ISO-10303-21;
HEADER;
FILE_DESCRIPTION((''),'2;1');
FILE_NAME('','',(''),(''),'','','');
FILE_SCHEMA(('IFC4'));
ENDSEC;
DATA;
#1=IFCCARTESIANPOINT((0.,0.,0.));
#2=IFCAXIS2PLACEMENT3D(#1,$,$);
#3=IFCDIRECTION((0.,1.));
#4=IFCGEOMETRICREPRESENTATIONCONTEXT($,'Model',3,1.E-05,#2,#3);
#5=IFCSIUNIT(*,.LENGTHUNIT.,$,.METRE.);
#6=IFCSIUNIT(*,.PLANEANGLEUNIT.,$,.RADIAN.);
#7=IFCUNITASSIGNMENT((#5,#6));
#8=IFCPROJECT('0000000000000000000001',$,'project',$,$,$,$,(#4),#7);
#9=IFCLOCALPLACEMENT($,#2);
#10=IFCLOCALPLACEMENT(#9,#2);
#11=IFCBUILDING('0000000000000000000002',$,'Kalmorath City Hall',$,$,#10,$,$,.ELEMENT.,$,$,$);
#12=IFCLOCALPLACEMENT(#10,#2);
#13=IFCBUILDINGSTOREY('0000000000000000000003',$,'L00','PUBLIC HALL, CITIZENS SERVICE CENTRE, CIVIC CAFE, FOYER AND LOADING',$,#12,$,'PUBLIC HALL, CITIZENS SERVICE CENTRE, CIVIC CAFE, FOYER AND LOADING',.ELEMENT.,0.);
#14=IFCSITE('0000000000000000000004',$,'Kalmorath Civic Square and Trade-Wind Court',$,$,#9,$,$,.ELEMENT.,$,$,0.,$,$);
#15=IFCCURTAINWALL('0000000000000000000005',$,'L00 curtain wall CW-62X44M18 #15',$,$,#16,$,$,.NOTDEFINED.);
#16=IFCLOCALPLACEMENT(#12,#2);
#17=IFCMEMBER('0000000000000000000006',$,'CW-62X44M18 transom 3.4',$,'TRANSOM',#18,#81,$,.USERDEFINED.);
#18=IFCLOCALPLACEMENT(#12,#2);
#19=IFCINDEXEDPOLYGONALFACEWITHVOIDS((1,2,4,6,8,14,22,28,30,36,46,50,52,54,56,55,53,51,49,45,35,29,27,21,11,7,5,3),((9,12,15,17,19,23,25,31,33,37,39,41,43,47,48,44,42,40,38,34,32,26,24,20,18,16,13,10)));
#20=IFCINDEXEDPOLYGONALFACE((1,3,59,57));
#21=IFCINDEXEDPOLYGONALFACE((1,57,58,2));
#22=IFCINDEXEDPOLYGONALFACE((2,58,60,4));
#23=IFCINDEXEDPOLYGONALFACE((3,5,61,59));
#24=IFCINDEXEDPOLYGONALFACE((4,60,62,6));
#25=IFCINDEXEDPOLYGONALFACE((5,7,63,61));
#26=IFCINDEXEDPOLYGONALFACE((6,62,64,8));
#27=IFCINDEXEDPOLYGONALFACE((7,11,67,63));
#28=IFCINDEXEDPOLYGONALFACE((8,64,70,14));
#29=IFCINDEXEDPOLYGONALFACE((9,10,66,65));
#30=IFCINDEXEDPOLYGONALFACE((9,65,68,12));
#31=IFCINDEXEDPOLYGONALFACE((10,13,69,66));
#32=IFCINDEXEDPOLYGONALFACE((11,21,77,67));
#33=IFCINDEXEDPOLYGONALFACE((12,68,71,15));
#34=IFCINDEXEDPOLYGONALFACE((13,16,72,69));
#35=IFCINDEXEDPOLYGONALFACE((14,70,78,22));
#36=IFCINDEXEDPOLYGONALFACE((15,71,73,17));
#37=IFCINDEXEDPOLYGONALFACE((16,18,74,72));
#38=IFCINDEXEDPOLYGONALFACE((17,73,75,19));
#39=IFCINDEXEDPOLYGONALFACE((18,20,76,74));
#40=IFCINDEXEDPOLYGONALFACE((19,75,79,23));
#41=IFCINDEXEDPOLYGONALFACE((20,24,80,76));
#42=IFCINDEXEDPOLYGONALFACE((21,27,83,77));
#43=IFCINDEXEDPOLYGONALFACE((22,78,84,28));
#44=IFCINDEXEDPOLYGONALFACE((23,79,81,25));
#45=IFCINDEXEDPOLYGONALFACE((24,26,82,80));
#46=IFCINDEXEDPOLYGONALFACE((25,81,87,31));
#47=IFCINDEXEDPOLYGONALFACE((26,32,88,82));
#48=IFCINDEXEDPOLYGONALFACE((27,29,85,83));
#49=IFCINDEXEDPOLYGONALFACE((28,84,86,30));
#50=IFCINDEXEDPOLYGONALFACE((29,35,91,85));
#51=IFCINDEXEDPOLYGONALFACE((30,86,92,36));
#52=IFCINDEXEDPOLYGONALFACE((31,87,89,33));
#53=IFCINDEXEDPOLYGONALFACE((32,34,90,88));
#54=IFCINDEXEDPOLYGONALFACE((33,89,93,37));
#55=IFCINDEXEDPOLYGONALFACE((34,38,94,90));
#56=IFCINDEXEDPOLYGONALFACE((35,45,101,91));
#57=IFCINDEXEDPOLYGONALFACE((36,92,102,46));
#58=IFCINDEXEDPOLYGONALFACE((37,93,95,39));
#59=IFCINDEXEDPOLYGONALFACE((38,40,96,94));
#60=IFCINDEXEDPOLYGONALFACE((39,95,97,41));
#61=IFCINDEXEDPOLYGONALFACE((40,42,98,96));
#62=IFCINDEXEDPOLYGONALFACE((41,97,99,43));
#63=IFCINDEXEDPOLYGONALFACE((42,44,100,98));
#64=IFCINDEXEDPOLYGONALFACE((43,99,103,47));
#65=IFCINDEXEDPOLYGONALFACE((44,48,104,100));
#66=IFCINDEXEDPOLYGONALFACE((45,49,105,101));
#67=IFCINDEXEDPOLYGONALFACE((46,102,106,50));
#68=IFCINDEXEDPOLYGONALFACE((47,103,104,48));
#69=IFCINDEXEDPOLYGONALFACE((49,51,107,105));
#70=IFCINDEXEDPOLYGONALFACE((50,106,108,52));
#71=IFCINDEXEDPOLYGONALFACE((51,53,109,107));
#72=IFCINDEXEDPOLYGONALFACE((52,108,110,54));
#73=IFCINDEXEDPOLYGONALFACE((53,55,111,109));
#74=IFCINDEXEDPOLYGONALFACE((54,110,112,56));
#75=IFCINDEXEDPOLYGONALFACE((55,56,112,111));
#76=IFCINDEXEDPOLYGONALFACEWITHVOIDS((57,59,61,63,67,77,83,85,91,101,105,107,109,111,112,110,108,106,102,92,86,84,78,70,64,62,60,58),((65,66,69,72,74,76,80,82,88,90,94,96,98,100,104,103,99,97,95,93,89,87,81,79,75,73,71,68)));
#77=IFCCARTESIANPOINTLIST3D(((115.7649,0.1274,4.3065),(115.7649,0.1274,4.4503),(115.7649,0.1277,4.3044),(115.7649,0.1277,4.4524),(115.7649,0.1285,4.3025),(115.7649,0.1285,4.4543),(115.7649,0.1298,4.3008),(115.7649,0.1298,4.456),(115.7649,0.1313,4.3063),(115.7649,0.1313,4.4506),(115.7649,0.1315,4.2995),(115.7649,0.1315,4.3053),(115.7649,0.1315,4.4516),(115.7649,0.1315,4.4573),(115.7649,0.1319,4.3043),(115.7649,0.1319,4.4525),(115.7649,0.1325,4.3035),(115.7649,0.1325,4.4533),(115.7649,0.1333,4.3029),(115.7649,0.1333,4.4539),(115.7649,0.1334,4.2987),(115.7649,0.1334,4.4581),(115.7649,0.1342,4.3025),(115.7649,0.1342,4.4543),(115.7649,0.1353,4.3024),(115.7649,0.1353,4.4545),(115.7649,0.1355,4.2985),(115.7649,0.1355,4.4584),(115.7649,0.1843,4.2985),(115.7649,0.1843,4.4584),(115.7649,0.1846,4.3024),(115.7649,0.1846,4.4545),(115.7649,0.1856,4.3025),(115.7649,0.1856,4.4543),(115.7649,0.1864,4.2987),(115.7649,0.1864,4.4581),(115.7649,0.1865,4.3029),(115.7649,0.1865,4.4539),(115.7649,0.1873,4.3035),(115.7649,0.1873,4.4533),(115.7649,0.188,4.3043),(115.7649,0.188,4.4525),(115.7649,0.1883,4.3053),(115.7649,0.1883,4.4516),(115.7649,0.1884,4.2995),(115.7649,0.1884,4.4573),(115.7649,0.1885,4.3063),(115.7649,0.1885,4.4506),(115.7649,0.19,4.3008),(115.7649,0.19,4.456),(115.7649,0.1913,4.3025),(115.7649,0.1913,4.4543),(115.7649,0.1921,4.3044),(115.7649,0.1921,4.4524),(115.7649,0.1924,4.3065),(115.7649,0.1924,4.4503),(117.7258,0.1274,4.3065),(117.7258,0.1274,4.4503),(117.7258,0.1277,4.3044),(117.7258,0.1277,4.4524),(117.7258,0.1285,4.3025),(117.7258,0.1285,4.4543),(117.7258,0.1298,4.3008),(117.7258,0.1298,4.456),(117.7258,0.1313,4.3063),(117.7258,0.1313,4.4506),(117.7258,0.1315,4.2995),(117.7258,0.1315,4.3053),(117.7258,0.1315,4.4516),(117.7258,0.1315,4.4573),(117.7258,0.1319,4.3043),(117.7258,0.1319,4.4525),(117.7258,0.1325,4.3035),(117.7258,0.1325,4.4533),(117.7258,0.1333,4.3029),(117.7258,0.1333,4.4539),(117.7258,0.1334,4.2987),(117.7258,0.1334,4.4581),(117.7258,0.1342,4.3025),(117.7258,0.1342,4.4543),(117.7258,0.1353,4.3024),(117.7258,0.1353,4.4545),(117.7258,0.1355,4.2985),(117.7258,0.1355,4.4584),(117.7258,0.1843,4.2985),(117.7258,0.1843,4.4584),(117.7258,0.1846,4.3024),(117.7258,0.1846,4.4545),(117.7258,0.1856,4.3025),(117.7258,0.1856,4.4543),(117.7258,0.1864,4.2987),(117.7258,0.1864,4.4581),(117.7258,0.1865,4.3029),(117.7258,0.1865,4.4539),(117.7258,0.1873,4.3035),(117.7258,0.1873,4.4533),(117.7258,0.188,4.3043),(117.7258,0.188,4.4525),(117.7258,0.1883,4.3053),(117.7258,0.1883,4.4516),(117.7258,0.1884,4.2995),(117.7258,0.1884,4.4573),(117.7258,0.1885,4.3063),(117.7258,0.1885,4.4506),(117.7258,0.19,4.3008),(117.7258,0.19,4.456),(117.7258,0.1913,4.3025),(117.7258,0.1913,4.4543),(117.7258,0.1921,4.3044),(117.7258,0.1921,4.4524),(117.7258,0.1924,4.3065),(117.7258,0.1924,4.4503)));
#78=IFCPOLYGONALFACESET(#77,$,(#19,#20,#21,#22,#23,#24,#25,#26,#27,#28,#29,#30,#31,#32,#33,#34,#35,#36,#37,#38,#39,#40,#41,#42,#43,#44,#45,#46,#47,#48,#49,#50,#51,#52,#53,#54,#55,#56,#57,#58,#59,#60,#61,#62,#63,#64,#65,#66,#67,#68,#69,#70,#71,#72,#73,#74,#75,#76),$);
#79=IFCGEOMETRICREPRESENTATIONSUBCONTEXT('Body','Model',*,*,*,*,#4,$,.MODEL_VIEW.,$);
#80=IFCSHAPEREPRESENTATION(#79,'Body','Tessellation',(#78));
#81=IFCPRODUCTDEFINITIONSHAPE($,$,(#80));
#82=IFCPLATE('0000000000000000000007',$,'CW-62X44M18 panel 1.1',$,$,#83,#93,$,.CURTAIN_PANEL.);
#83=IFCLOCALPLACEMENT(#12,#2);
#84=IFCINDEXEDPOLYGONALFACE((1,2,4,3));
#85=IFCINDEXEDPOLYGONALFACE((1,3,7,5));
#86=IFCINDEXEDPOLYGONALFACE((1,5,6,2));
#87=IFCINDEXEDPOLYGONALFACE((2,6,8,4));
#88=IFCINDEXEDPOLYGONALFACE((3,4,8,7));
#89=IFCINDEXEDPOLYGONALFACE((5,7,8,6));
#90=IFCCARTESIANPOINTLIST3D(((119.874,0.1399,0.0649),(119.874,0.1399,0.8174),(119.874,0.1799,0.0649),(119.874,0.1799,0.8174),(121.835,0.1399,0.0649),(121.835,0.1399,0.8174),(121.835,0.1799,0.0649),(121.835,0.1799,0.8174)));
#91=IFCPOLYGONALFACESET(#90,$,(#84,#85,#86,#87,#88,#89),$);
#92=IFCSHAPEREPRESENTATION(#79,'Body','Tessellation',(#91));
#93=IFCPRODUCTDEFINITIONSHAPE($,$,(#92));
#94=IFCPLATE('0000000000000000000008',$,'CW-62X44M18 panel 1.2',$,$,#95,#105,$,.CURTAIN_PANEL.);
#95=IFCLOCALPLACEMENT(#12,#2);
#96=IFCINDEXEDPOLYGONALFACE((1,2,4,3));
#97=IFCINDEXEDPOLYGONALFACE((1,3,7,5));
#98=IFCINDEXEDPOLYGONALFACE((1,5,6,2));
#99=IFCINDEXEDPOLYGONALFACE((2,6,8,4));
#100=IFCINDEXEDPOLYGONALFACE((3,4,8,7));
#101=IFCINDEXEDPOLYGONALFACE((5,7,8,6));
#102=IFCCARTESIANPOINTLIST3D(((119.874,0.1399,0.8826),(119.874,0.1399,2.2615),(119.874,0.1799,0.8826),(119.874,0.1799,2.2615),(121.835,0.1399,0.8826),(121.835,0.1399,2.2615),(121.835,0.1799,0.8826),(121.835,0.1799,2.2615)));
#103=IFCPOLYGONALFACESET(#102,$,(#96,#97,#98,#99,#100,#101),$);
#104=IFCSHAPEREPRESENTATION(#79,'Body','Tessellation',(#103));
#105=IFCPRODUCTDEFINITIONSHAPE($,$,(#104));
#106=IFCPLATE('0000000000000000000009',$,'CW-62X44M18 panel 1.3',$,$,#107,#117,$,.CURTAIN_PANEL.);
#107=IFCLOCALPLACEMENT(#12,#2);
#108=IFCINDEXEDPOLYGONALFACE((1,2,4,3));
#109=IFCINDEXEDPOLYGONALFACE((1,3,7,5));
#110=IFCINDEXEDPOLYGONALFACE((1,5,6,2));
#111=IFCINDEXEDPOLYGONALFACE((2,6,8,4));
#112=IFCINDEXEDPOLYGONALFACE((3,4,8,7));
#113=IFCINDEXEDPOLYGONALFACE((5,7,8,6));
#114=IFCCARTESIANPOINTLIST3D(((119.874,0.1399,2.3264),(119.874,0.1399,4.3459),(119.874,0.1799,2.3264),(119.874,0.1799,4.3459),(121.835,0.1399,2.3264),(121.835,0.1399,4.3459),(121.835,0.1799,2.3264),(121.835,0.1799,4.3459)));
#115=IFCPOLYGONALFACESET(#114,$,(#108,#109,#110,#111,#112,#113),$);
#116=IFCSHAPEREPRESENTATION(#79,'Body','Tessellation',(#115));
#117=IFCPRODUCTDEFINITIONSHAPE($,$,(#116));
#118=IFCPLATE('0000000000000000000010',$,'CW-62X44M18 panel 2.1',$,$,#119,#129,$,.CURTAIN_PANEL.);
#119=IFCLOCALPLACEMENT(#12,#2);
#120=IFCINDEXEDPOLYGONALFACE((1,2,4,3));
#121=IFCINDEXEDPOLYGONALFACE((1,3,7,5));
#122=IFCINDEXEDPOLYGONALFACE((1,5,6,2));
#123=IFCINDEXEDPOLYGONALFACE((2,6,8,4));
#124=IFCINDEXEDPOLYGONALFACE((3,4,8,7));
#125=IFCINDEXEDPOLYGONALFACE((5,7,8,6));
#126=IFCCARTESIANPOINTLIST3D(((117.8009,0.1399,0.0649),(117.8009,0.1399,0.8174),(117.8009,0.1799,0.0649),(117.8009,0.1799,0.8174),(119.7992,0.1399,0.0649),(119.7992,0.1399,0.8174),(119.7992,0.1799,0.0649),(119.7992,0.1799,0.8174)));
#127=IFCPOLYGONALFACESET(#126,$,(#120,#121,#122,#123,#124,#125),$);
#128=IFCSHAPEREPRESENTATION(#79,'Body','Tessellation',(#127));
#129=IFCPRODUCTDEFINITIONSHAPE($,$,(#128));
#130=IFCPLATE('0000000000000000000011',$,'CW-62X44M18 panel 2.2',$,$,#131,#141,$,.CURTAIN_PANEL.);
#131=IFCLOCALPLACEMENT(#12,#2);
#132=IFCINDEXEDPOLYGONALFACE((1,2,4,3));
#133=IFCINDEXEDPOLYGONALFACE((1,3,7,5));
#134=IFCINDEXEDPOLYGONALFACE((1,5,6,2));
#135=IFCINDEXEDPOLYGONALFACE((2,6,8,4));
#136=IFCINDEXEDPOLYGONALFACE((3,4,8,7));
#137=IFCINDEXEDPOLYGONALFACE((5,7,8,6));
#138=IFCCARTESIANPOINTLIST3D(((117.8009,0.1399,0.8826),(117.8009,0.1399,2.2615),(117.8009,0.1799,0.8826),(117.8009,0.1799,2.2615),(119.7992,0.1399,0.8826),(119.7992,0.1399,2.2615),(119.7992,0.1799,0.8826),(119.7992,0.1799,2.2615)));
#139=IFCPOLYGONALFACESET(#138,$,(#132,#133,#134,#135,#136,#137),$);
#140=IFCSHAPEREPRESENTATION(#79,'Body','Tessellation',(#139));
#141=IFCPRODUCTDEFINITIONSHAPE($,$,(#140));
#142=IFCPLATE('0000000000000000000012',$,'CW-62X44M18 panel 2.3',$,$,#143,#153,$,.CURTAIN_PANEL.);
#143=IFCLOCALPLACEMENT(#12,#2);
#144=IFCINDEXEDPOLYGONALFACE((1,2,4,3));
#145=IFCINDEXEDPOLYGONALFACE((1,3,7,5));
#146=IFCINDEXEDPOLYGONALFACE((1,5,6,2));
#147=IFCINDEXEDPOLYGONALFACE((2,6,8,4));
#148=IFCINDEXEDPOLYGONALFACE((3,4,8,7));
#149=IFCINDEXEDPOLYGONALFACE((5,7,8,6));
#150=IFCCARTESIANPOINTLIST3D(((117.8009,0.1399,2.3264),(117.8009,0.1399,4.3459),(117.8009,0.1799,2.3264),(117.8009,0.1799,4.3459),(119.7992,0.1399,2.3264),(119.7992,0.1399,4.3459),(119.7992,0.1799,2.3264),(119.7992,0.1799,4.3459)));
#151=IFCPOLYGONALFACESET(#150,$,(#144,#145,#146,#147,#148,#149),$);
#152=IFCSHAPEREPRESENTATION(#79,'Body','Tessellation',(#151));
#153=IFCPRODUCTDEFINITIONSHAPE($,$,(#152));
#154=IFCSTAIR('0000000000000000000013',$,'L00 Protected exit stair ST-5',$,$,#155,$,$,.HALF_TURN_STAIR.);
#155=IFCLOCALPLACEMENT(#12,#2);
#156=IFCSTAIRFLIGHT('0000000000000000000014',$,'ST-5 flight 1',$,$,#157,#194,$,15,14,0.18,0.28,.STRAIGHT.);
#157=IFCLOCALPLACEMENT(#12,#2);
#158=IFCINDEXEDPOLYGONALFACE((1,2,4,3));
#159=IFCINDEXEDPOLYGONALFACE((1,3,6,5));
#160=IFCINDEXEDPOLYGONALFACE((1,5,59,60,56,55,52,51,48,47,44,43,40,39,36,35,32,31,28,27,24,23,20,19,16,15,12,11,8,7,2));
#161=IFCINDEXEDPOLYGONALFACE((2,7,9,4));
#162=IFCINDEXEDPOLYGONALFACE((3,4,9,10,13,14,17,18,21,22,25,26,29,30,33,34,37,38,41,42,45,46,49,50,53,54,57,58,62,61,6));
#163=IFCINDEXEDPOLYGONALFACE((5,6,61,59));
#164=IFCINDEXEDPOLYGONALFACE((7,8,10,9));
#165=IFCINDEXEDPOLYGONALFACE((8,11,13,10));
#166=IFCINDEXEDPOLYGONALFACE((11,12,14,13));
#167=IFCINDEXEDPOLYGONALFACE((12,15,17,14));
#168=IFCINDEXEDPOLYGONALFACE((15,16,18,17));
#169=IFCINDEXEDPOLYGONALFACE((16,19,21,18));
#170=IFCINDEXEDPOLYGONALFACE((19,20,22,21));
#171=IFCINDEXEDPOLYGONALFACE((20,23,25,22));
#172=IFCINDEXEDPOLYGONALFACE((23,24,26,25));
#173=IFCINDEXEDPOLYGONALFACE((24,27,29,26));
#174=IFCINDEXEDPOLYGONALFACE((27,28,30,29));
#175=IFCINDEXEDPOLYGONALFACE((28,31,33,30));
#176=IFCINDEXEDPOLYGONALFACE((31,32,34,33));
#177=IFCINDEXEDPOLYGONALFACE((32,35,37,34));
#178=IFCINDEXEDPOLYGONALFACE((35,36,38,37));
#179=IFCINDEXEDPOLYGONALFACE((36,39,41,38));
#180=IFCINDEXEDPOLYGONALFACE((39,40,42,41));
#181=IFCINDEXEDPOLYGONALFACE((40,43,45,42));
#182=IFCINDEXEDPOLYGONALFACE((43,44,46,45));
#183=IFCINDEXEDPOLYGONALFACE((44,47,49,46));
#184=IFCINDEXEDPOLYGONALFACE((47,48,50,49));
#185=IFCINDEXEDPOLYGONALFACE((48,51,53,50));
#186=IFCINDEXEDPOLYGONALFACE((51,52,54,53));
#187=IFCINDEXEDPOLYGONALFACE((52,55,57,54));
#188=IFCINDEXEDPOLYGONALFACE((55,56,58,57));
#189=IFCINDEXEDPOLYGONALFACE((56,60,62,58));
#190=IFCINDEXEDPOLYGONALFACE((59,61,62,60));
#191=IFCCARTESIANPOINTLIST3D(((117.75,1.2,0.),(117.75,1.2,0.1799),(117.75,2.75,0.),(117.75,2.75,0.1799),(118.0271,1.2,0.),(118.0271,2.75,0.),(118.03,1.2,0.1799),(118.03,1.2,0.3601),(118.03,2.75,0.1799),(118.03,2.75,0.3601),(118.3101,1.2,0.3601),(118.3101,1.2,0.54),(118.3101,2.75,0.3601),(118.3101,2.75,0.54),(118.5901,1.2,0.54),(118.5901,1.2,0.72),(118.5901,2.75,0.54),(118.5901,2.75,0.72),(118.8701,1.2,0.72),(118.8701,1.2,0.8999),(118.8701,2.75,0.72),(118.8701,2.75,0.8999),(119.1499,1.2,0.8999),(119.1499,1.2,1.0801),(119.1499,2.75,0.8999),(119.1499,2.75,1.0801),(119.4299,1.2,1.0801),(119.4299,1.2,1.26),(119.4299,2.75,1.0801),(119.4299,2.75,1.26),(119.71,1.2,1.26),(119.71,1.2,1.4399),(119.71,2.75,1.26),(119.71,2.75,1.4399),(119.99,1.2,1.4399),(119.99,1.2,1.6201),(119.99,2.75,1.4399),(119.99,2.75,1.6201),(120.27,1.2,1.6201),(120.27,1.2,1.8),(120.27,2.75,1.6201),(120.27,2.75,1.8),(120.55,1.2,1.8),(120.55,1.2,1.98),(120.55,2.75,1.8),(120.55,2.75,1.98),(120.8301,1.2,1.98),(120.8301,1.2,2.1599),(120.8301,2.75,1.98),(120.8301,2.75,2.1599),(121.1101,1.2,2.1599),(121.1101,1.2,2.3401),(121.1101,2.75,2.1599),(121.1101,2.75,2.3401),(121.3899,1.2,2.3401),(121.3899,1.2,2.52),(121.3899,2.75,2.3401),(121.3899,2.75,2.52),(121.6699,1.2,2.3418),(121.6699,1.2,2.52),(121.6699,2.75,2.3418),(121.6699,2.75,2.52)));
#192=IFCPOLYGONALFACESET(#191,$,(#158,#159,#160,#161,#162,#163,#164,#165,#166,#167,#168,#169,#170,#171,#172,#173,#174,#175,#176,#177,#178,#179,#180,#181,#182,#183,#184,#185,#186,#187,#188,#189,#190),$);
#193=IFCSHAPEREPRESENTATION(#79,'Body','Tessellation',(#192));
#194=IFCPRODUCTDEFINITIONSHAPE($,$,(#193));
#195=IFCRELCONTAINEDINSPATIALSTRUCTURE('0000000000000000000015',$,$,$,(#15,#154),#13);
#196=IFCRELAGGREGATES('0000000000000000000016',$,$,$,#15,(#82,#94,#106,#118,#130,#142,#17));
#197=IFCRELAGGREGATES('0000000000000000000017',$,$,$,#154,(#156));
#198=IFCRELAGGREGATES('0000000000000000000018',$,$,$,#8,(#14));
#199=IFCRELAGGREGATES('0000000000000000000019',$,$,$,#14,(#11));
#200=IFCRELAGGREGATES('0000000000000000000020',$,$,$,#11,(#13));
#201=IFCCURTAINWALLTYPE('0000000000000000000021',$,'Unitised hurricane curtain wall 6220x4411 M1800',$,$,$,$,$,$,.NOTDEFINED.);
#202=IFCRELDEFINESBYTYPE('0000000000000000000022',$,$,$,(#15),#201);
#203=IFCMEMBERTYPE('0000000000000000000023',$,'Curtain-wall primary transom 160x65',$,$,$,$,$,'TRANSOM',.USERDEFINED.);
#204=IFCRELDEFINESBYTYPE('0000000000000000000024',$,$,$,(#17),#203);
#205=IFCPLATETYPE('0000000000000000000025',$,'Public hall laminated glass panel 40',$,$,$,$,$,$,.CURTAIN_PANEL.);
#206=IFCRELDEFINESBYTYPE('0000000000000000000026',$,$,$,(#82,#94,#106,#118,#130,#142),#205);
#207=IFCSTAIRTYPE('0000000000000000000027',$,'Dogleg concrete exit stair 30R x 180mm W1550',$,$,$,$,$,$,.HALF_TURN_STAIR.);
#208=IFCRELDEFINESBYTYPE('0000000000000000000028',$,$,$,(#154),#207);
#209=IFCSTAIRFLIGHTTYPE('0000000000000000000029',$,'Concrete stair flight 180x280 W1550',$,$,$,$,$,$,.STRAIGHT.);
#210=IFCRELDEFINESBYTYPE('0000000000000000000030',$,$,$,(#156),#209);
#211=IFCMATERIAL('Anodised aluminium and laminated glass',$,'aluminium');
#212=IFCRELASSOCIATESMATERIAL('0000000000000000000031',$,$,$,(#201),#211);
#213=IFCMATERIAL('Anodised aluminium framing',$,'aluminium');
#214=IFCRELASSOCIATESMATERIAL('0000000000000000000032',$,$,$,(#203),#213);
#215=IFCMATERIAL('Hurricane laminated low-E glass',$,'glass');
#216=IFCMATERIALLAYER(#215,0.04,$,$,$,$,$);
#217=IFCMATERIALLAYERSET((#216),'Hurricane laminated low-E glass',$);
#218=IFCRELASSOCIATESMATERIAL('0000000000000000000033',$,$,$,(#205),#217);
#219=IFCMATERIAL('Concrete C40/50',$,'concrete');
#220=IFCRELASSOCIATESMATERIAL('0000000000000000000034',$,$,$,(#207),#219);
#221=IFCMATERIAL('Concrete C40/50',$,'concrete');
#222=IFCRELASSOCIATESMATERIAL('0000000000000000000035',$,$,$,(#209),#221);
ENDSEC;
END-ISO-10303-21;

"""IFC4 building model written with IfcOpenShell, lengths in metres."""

from ifc_helpers import new_model, si_unit, direction, frame, origin, origin_2d, place, context, subcontext, project, spatial, polyline, rectangle, hollow_rectangle, outline, extrude, material, layer, layer_set, material_profile, profile_set, type_object, element, aggregate, save


model = new_model("IFC4")

# Units and contexts
model_context = context("Model", 3, precision=1e-05, world=origin(), true_north=direction((0.0, 1.0)))
body_context = subcontext(model_context, "Body", "Model", "MODEL_VIEW")
ifc_project = project(units=[si_unit("LENGTHUNIT", "METRE"), si_unit("PLANEANGLEUNIT", "RADIAN")], contexts=[model_context])

# Site, building, storey
site_placement = place(None, origin())
site = spatial("IfcSite", under=ifc_project, at=site_placement, Name="Kalmorath Civic Square and Trade-Wind Court", CompositionType="ELEMENT", RefElevation=0.0)
building_placement = place(site_placement, origin())
building = spatial("IfcBuilding", under=site, at=building_placement, Name="Kalmorath City Hall", CompositionType="ELEMENT")
storey_placement = place(building_placement, origin())
storey = spatial("IfcBuildingStorey", under=building, at=storey_placement, Name="L00", Description="PUBLIC HALL, CITIZENS SERVICE CENTRE, CIVIC CAFE, FOYER AND LOADING", LongName="PUBLIC HALL, CITIZENS SERVICE CENTRE, CIVIC CAFE, FOYER AND LOADING", CompositionType="ELEMENT", Elevation=0.0)

# Curtain wall, member, plates
ifc_material_1 = material(Name="Anodised aluminium and laminated glass", Category="aluminium")
curtain_wall_type = type_object("IfcCurtainWallType", Name="Unitised hurricane curtain wall 6220x4411 M1800", PredefinedType="NOTDEFINED", material=ifc_material_1)
curtain_wall_placement = place(storey_placement, origin())
curtain_wall = element("IfcCurtainWall", 1, at=curtain_wall_placement, inside=storey, type_object=curtain_wall_type, Name="L00 curtain wall CW-62X44M18 #15", PredefinedType="NOTDEFINED")
ifc_material_2 = material(Name="Anodised aluminium framing", Category="aluminium")
ifc_material_profile_1 = material_profile(ifc_material_2, hollow_rectangle(XDim=0.0649, YDim=0.1599, WallThickness=0.0039, InnerFilletRadius=0.0039, OuterFilletRadius=0.0081, at=origin_2d()), Name="ALU-TRN-160X65X4")
ifc_profile_set_1 = profile_set([ifc_material_profile_1], Name="Anodised aluminium framing")
member_type_1 = type_object("IfcMemberType", Name="Curtain-wall primary transom 160x65", ElementType="TRANSOM", PredefinedType="USERDEFINED", material=ifc_profile_set_1)
member_1_placement = place(storey_placement, frame((117.7258, 0.1599, 4.3784), z_axis=(-1.0, 0.0, 0.0), x_axis=(0.0, -1.0, 0.0)))
member_1 = element("IfcMember", 2, at=member_1_placement, type_object=member_type_1, Name="CW-62X44M18 transom 3.4", ObjectType="TRANSOM", PredefinedType="USERDEFINED", context=body_context, shape_type="SweptSolid", body=[
    extrude(hollow_rectangle(XDim=0.0649, YDim=0.1599, WallThickness=0.0039, InnerFilletRadius=0.0039, OuterFilletRadius=0.0081, at=origin_2d()), origin(), (0.0, 0.0, 1.0), 1.9609),
])
ifc_material_3 = material(Name="Hurricane laminated low-E glass", Category="glass")
ifc_layer = layer(ifc_material_3, 0.04)
ifc_layer_set = layer_set([ifc_layer], Name="Hurricane laminated low-E glass")
plate_type = type_object("IfcPlateType", Name="Public hall laminated glass panel 40", PredefinedType="CURTAIN_PANEL", material=ifc_layer_set)
plate_1_placement = place(storey_placement, frame((120.8545, 0.1599, 0.0649), z_axis=(0.0, 0.0, 1.0), x_axis=(-1.0, 0.0, 0.0)))
plate_1 = element("IfcPlate", 3, at=plate_1_placement, type_object=plate_type, Name="CW-62X44M18 panel 1.1", PredefinedType="CURTAIN_PANEL", context=body_context, shape_type="SweptSolid", body=[
    extrude(rectangle(XDim=1.9609, YDim=0.04, at=origin_2d()), origin(), (0.0, 0.0, 1.0), 0.7524),
])
plate_2_placement = place(storey_placement, frame((120.8545, 0.1599, 0.8826), z_axis=(0.0, 0.0, 1.0), x_axis=(-1.0, 0.0, 0.0)))
plate_2 = element("IfcPlate", 4, at=plate_2_placement, type_object=plate_type, Name="CW-62X44M18 panel 1.2", PredefinedType="CURTAIN_PANEL", context=body_context, shape_type="SweptSolid", body=[
    extrude(rectangle(XDim=1.9609, YDim=0.04, at=origin_2d()), origin(), (0.0, 0.0, 1.0), 1.3789),
])
plate_3_placement = place(storey_placement, frame((120.8545, 0.1599, 2.3264), z_axis=(0.0, 0.0, 1.0), x_axis=(-1.0, 0.0, 0.0)))
plate_3 = element("IfcPlate", 5, at=plate_3_placement, type_object=plate_type, Name="CW-62X44M18 panel 1.3", PredefinedType="CURTAIN_PANEL", context=body_context, shape_type="SweptSolid", body=[
    extrude(rectangle(XDim=1.9609, YDim=0.04, at=origin_2d()), origin(), (0.0, 0.0, 1.0), 2.0195),
])
plate_4_placement = place(storey_placement, frame((118.8, 0.1599, 0.0649), z_axis=(0.0, 0.0, 1.0), x_axis=(-1.0, 0.0, 0.0)))
plate_4 = element("IfcPlate", 6, at=plate_4_placement, type_object=plate_type, Name="CW-62X44M18 panel 2.1", PredefinedType="CURTAIN_PANEL", context=body_context, shape_type="SweptSolid", body=[
    extrude(rectangle(XDim=1.9983, YDim=0.04, at=origin_2d()), origin(), (0.0, 0.0, 1.0), 0.7524),
])
plate_5_placement = place(storey_placement, frame((118.8, 0.1599, 0.8826), z_axis=(0.0, 0.0, 1.0), x_axis=(-1.0, 0.0, 0.0)))
plate_5 = element("IfcPlate", 7, at=plate_5_placement, type_object=plate_type, Name="CW-62X44M18 panel 2.2", PredefinedType="CURTAIN_PANEL", context=body_context, shape_type="SweptSolid", body=[
    extrude(rectangle(XDim=1.9983, YDim=0.04, at=origin_2d()), origin(), (0.0, 0.0, 1.0), 1.3789),
])
plate_6_placement = place(storey_placement, frame((118.8, 0.1599, 2.3264), z_axis=(0.0, 0.0, 1.0), x_axis=(-1.0, 0.0, 0.0)))
plate_6 = element("IfcPlate", 8, at=plate_6_placement, type_object=plate_type, Name="CW-62X44M18 panel 2.3", PredefinedType="CURTAIN_PANEL", context=body_context, shape_type="SweptSolid", body=[
    extrude(rectangle(XDim=1.9983, YDim=0.04, at=origin_2d()), origin(), (0.0, 0.0, 1.0), 2.0195),
])
aggregate(curtain_wall, [plate_1, plate_2, plate_3, plate_4, plate_5, plate_6, member_1])

# Stair, stair flight
ifc_material_4 = material(Name="Concrete C40/50", Category="concrete")
stair_type = type_object("IfcStairType", Name="Dogleg concrete exit stair 30R x 180mm W1550", PredefinedType="HALF_TURN_STAIR", material=ifc_material_4)
stair_placement = place(storey_placement, origin())
stair = element("IfcStair", 9, at=stair_placement, inside=storey, type_object=stair_type, Name="L00 Protected exit stair ST-5", PredefinedType="HALF_TURN_STAIR")
ifc_material_5 = material(Name="Concrete C40/50", Category="concrete")
stair_flight_type = type_object("IfcStairFlightType", Name="Concrete stair flight 180x280 W1550", PredefinedType="STRAIGHT", material=ifc_material_5)
stair_flight_1_placement = place(storey_placement, frame((117.75, 1.9751, 0.0), z_axis=(0.0, 0.0, 1.0), x_axis=(1.0, 0.0, 0.0)))
stair_flight_1 = element("IfcStairFlight", 10, at=stair_flight_1_placement, type_object=stair_flight_type, Name="ST-5 flight 1", NumberOfRisers=15, NumberOfTreads=14, PredefinedType="STRAIGHT", RiserHeight=0.18, TreadLength=0.28, context=body_context, shape_type="SweptSolid", body=[
    extrude(outline(polyline([(0.0, 0.0), (0.0, 0.1799), (0.28, 0.1799), (0.28, 0.3601), (0.5601, 0.3601), (0.5601, 0.54), (0.8401, 0.54), (0.8401, 0.72), (1.1201, 0.72), (1.1201, 0.8999), (1.3999, 0.8999), (1.3999, 1.0801), (1.6799, 1.0801), (1.6799, 1.26), (1.96, 1.26), (1.96, 1.4399), (2.24, 1.4399), (2.24, 1.6201), (2.52, 1.6201), (2.52, 1.8), (2.8, 1.8), (2.8, 1.98), (3.0801, 1.98), (3.0801, 2.1599), (3.3601, 2.1599), (3.3601, 2.3401), (3.6399, 2.3401), (3.6399, 2.52), (3.9199, 2.52), (3.9199, 2.7), (3.9199, 2.3418), (0.2771, 0.0), (0.0, 0.0)])), frame((0.0, 0.7749, 0.0), z_axis=(0.0, -1.0, 0.0), x_axis=(1.0, 0.0, 0.0)), (0.0, 0.0, 1.0), 1.55),
])
aggregate(stair, [stair_flight_1])

save(model, "model.ifc")
